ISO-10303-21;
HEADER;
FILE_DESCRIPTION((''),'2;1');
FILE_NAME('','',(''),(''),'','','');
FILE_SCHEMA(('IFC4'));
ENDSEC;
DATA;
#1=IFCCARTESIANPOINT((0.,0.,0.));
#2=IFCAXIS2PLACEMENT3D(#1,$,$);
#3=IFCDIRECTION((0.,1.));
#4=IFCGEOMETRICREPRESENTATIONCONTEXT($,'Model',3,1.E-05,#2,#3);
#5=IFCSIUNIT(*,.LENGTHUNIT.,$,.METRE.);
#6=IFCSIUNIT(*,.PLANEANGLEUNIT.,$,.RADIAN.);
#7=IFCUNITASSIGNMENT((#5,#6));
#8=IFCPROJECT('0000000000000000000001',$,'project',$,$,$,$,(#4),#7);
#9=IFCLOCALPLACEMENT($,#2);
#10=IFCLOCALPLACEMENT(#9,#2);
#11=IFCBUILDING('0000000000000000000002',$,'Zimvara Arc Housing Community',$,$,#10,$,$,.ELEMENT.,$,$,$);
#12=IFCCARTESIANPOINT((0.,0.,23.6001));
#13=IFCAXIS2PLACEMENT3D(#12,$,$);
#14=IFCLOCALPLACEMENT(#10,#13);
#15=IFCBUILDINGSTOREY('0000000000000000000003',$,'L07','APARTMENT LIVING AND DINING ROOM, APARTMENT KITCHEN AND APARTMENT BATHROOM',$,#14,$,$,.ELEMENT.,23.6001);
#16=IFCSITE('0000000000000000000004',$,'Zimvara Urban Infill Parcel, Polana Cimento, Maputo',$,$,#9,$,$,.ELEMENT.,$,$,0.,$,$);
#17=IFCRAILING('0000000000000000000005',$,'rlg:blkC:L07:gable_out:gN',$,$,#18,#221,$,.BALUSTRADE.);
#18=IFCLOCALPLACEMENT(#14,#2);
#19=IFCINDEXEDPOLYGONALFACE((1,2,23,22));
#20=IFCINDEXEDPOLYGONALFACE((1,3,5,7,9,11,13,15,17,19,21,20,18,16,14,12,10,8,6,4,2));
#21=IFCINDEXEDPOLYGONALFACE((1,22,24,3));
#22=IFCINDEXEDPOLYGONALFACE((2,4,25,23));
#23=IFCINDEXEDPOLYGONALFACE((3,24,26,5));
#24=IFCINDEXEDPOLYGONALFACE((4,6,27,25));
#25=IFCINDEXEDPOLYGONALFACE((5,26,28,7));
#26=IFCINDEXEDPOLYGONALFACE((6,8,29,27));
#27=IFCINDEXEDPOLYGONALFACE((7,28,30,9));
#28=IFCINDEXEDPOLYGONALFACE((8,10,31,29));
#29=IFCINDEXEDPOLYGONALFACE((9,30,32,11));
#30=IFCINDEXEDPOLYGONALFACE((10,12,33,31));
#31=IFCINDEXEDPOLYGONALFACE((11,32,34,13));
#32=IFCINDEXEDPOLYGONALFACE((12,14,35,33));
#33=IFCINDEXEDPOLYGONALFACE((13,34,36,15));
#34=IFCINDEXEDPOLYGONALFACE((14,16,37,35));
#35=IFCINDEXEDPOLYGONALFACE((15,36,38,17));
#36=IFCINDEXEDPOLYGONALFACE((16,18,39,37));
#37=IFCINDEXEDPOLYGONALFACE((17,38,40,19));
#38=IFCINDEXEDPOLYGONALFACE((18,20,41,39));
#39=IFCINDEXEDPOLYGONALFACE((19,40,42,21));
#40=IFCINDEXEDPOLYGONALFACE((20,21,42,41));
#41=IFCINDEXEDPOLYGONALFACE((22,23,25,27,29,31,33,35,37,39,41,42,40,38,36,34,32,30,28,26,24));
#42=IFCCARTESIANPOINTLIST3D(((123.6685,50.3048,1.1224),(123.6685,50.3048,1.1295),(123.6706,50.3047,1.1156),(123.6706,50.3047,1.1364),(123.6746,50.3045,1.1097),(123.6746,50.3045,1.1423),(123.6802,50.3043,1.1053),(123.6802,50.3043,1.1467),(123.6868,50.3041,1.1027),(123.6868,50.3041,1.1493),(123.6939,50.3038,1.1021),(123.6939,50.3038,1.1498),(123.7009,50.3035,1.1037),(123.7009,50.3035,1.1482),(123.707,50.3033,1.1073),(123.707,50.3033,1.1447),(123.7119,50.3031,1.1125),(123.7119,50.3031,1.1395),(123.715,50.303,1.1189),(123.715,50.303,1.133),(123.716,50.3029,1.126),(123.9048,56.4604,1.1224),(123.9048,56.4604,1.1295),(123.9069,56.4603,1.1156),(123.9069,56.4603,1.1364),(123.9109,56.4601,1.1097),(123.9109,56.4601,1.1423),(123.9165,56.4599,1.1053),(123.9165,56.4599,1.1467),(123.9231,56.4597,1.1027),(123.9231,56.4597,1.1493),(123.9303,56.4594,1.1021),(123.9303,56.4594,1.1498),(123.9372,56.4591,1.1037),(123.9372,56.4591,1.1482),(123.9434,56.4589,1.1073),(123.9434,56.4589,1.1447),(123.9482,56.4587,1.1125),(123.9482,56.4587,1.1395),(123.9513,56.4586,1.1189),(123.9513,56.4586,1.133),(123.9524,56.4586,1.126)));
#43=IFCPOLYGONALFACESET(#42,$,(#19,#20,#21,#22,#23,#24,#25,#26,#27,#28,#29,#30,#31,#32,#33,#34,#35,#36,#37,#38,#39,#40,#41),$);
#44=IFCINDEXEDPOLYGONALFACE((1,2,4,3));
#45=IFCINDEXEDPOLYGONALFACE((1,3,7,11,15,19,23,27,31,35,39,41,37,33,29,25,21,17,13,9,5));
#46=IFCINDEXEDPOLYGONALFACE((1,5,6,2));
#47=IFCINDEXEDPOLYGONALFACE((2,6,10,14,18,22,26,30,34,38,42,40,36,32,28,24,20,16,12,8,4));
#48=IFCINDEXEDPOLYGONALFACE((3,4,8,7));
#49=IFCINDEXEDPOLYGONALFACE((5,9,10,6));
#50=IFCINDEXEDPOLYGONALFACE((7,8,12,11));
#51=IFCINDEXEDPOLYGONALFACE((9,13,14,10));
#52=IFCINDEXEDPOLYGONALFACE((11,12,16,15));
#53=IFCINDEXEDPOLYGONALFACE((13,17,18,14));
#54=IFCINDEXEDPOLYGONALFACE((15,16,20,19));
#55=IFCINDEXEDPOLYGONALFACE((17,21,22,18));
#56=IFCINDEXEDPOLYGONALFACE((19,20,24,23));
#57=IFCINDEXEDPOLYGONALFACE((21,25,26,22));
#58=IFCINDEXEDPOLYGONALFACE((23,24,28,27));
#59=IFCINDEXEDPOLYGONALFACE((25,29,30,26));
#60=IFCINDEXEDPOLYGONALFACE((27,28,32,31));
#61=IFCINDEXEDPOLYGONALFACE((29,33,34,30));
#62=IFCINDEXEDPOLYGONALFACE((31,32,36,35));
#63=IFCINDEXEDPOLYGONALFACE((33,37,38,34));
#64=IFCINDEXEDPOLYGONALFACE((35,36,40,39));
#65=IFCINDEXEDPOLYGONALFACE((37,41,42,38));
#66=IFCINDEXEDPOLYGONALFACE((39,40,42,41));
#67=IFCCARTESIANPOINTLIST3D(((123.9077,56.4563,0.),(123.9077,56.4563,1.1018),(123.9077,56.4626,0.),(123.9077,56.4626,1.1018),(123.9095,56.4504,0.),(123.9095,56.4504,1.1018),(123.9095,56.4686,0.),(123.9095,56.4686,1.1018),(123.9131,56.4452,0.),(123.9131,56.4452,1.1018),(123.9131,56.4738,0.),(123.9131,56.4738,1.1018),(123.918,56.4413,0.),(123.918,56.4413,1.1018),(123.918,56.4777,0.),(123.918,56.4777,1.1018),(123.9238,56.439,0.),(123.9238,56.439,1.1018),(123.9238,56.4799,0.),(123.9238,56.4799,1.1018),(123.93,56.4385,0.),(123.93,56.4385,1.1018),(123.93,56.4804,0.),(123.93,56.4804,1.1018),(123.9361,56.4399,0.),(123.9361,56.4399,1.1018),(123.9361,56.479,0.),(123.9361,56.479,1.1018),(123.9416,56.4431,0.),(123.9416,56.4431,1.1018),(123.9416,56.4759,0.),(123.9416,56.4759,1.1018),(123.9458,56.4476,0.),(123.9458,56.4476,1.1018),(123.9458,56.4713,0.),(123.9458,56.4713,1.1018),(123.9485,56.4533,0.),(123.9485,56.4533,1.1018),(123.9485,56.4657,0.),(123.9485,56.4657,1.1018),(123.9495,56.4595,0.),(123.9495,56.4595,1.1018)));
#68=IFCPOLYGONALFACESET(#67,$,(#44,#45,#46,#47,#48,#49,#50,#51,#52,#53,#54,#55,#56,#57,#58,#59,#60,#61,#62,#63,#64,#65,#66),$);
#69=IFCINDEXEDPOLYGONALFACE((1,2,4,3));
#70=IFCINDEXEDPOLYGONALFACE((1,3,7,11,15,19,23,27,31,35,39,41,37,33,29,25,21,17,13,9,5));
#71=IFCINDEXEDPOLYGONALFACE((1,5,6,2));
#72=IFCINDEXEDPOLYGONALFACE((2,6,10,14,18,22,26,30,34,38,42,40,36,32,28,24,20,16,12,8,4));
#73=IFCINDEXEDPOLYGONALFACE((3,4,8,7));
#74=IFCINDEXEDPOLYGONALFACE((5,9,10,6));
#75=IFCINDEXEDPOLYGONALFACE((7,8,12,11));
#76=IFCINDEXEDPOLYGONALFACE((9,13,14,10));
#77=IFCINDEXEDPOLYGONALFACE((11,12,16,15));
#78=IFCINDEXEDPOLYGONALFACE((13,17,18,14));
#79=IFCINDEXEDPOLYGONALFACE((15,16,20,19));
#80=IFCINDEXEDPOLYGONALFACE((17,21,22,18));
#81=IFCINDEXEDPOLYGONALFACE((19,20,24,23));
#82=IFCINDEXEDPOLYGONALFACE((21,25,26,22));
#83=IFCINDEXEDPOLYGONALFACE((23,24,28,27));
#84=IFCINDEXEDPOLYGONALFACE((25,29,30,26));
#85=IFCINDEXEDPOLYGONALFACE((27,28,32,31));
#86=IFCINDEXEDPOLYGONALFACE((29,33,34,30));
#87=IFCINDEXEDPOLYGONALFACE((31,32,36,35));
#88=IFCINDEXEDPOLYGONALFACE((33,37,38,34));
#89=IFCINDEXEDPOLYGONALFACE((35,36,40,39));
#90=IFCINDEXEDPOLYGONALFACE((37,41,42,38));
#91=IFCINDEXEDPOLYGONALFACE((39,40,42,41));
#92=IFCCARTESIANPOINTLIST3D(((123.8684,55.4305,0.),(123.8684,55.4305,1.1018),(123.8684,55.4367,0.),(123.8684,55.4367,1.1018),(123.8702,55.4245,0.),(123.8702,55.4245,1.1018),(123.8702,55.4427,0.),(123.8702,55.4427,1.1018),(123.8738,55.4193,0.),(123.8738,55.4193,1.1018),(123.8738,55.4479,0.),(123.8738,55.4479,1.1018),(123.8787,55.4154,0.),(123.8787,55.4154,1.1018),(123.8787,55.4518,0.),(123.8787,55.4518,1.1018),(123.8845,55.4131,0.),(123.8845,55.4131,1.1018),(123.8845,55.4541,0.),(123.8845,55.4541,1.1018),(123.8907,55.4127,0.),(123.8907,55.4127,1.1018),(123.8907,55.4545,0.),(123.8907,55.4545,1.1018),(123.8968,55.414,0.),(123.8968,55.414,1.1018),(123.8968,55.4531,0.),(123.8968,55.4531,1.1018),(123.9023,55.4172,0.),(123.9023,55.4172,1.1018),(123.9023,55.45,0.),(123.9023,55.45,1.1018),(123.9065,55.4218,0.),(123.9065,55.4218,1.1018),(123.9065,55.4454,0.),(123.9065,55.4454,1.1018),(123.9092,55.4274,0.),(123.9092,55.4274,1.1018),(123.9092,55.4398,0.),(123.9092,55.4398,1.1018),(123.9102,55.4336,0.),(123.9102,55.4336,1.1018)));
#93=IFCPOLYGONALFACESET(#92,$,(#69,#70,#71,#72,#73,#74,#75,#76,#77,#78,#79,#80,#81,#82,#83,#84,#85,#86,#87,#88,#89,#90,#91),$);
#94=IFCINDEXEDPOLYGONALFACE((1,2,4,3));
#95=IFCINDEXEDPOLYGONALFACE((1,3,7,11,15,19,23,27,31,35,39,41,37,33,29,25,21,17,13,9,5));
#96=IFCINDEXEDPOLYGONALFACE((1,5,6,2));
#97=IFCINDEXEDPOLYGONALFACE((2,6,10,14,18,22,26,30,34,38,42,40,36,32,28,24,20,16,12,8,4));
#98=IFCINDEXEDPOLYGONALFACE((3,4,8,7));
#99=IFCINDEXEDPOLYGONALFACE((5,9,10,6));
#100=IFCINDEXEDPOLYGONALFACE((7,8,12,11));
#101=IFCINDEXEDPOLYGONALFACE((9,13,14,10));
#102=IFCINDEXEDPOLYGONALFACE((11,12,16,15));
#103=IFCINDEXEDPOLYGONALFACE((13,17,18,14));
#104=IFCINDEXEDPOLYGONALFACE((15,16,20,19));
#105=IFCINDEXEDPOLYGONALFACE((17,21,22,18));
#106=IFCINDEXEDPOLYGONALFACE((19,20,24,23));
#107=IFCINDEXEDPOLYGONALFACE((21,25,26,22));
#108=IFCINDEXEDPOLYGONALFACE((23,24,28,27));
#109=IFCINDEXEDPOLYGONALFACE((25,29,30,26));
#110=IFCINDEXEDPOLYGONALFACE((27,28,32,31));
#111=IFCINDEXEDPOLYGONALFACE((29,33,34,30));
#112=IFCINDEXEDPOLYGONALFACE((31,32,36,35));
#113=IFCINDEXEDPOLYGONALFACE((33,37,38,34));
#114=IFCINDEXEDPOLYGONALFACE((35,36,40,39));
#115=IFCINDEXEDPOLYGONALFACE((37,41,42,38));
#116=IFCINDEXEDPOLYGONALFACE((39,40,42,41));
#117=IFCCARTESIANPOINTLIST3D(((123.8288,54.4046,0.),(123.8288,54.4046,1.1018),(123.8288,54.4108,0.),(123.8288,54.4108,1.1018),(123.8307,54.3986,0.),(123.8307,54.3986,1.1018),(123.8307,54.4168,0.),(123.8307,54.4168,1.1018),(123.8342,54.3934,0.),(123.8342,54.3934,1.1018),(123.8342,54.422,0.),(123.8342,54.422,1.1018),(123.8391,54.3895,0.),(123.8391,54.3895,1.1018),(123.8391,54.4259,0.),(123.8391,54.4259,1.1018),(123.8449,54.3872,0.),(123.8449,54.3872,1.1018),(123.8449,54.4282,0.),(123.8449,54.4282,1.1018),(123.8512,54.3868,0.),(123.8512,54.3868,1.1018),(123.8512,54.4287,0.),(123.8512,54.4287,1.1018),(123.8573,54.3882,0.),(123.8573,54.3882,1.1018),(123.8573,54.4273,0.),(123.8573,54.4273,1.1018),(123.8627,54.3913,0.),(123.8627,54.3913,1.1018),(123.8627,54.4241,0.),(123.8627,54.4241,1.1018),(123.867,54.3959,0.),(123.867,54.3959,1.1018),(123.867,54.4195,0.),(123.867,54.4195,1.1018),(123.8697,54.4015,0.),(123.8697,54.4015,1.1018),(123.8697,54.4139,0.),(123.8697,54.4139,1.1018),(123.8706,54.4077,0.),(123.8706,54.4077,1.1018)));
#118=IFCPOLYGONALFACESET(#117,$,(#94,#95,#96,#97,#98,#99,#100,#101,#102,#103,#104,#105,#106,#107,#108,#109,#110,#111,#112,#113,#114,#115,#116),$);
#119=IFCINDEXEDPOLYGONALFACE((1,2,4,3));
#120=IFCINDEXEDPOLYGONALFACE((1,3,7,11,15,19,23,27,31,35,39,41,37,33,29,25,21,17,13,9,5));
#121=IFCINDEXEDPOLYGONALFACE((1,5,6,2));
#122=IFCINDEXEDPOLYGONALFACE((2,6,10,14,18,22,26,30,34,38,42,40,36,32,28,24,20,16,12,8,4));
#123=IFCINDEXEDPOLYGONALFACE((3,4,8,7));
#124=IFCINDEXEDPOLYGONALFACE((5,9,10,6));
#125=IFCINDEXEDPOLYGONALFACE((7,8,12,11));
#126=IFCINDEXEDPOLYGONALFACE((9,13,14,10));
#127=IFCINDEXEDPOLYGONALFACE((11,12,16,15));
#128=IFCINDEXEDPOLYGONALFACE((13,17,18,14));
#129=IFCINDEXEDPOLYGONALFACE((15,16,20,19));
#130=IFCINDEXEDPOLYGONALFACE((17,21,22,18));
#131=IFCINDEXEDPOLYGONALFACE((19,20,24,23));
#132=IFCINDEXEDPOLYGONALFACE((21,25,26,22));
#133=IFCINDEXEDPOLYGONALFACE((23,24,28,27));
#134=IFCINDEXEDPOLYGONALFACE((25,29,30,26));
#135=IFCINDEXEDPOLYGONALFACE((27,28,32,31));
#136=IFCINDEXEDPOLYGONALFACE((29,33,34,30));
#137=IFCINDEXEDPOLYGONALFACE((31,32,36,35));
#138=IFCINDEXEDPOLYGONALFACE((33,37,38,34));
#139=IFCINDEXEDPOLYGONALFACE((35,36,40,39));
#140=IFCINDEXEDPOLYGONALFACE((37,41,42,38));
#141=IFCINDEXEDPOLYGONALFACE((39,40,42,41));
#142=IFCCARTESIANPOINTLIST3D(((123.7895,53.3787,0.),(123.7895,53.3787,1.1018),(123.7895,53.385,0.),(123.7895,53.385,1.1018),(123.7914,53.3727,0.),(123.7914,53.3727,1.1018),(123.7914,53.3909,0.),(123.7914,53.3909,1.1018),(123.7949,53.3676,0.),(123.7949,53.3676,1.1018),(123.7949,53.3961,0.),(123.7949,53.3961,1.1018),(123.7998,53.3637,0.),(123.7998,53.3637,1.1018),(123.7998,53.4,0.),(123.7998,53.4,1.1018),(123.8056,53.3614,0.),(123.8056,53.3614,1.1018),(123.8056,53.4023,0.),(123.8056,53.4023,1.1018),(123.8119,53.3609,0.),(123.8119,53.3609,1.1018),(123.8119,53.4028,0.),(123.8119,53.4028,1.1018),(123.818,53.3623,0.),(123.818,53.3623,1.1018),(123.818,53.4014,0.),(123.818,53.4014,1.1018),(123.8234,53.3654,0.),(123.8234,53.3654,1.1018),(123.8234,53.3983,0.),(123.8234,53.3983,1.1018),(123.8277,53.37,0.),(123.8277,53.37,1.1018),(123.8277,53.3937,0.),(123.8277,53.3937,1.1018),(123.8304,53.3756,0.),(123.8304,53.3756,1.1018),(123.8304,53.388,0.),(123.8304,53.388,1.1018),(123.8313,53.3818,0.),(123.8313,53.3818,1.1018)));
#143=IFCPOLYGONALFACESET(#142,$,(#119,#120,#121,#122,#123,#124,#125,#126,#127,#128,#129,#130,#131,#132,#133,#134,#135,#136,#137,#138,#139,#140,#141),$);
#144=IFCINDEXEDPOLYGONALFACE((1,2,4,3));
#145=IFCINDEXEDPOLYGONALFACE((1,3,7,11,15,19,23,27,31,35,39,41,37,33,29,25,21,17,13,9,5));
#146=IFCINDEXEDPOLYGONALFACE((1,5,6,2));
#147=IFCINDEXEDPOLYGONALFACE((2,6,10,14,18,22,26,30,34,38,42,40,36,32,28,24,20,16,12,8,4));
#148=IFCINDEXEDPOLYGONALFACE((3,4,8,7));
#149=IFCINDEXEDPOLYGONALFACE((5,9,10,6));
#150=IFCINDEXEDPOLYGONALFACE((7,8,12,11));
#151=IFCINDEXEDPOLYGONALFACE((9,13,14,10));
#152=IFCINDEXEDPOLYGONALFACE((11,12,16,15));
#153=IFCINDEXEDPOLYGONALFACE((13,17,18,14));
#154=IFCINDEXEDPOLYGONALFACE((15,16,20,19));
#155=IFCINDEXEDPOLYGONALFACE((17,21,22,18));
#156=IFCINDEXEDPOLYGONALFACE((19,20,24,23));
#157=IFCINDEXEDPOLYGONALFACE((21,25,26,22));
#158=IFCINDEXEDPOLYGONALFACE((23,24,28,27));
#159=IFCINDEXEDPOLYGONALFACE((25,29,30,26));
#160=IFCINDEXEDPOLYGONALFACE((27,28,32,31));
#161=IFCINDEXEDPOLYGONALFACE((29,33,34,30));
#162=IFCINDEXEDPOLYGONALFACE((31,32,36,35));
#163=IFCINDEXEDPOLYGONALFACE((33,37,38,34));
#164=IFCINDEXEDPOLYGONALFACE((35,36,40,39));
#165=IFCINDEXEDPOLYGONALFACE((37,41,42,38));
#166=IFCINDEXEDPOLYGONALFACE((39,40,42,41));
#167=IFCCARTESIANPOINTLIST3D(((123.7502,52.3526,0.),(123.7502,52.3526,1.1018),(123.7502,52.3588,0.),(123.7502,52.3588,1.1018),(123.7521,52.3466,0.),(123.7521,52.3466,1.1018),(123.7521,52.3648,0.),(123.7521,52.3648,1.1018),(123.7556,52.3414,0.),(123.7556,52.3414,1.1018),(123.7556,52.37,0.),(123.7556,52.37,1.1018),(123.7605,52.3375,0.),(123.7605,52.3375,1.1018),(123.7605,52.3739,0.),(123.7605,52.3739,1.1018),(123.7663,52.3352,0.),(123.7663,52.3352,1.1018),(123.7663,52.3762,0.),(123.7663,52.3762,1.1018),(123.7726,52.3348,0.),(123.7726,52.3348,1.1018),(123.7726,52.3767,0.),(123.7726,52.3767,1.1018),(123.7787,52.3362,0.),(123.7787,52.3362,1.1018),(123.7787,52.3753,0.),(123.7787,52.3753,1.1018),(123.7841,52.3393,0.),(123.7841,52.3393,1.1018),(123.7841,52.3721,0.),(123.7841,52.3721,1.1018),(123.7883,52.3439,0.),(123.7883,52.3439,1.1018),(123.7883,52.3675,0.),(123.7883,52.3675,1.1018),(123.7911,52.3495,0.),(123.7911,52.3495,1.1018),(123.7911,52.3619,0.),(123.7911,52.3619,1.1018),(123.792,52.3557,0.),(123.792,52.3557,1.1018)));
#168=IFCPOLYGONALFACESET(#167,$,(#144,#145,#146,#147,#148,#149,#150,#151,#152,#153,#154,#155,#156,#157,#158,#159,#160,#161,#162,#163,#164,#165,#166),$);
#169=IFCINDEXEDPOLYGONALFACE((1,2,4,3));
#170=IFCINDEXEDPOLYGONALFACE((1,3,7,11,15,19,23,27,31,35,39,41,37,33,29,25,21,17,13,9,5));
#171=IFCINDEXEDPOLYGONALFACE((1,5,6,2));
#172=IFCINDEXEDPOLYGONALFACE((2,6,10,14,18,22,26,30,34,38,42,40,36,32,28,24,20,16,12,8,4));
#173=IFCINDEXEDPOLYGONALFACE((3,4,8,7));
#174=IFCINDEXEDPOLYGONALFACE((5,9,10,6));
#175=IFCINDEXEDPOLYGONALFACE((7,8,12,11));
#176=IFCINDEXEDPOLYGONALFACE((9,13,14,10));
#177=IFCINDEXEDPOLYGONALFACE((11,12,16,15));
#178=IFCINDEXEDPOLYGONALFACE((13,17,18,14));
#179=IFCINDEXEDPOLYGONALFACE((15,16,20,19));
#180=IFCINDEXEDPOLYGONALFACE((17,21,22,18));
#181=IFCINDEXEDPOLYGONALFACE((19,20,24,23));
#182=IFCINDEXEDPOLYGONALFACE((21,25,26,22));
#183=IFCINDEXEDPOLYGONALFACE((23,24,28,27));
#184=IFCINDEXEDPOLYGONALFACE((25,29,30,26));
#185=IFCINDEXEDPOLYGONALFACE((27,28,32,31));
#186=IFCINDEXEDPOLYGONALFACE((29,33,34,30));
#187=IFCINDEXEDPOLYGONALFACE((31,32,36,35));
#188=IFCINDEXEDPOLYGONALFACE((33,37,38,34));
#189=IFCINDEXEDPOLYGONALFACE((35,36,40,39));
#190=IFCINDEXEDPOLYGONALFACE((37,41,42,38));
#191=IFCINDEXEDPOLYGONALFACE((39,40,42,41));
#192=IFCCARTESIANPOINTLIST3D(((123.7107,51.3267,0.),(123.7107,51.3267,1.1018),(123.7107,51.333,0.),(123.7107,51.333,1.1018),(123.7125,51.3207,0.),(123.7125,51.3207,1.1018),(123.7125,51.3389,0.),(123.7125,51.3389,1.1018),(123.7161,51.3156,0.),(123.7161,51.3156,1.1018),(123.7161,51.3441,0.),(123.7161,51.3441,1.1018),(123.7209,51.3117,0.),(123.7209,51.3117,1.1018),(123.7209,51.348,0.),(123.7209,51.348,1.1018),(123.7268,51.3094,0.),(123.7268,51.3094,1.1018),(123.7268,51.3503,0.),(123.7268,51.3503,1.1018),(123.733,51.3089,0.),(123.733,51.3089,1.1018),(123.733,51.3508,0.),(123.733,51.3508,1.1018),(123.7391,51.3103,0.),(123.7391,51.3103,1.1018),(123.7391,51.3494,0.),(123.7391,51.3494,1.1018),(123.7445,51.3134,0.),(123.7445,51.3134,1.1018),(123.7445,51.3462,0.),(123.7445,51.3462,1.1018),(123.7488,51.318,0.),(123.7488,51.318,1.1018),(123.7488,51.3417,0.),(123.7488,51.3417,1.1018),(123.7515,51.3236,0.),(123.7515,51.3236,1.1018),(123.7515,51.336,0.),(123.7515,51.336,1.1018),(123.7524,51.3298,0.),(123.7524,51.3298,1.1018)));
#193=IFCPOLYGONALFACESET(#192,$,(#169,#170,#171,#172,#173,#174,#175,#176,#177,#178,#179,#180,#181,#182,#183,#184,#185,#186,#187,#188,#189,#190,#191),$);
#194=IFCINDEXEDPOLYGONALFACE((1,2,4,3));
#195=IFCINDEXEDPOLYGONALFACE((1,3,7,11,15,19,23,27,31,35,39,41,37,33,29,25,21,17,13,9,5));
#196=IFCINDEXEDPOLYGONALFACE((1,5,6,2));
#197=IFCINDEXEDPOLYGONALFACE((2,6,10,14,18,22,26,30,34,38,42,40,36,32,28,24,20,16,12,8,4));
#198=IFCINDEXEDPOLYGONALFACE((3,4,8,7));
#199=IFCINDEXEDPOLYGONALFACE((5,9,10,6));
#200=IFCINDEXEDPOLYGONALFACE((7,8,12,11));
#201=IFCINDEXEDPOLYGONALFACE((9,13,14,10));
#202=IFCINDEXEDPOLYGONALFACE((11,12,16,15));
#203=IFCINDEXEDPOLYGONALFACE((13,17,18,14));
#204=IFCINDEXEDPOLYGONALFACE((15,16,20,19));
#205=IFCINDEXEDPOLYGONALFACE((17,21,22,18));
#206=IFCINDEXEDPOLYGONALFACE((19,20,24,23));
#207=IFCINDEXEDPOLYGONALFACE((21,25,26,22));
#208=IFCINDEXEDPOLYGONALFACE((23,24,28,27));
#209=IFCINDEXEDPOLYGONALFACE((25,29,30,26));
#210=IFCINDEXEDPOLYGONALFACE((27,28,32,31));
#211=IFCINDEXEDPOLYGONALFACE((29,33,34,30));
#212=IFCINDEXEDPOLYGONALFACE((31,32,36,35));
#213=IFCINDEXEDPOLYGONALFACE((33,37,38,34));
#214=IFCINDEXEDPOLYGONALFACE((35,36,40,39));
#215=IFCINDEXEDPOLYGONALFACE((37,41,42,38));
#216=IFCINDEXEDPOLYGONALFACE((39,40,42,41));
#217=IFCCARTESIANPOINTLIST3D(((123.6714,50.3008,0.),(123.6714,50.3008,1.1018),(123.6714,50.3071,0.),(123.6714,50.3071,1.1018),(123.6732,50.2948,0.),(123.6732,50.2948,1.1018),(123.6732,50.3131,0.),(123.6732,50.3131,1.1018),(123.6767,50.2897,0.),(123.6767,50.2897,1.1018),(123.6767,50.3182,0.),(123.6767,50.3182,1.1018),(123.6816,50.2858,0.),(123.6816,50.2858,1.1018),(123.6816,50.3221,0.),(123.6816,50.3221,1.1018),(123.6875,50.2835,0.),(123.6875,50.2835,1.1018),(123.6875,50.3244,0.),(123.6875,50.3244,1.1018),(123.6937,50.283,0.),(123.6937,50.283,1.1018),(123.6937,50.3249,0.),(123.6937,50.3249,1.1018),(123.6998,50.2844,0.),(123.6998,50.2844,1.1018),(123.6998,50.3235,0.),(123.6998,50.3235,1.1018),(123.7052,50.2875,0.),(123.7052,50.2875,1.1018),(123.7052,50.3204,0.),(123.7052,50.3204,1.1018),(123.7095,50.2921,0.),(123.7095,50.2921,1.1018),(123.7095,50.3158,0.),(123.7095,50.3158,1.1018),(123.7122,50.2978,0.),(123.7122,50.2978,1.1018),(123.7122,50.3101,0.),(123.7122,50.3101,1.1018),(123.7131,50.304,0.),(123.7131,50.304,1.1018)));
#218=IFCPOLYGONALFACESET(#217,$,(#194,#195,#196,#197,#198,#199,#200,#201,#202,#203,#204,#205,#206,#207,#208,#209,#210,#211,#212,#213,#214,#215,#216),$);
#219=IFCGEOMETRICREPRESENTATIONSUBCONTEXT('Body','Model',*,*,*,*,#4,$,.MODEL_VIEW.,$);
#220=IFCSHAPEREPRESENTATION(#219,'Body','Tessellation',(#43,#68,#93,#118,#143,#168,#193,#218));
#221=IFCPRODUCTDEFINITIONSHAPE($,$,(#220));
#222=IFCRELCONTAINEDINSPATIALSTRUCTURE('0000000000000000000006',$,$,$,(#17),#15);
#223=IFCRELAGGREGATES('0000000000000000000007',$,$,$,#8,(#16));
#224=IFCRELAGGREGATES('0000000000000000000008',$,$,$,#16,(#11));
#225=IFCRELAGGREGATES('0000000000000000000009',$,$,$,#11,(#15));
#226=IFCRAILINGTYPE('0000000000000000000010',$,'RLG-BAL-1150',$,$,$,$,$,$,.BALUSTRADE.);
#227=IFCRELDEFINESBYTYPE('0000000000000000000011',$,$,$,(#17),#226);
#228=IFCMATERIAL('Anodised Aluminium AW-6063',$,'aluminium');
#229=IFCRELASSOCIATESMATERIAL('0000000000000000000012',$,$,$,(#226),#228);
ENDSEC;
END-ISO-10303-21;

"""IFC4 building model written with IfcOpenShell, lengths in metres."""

from ifc_helpers import new_model, si_unit, direction, frame, origin, origin_2d, place, context, subcontext, project, spatial, circle, extrude, material, type_object, element, save


model = new_model("IFC4")

# Units and contexts
model_context = context("Model", 3, precision=1e-05, world=origin(), true_north=direction((0.0, 1.0)))
body_context = subcontext(model_context, "Body", "Model", "MODEL_VIEW")
ifc_project = project(units=[si_unit("LENGTHUNIT", "METRE"), si_unit("PLANEANGLEUNIT", "RADIAN")], contexts=[model_context])

# Site, building, storey
site_placement = place(None, origin())
site = spatial("IfcSite", under=ifc_project, at=site_placement, Name="Zimvara Urban Infill Parcel, Polana Cimento, Maputo", CompositionType="ELEMENT", RefElevation=0.0)
building_placement = place(site_placement, origin())
building = spatial("IfcBuilding", under=site, at=building_placement, Name="Zimvara Arc Housing Community", CompositionType="ELEMENT")
storey_placement = place(building_placement, frame((0.0, 0.0, 23.6001)))
storey = spatial("IfcBuildingStorey", under=building, at=storey_placement, Name="L07", Description="APARTMENT LIVING AND DINING ROOM, APARTMENT KITCHEN AND APARTMENT BATHROOM", CompositionType="ELEMENT", Elevation=23.6001)

# Railing
ifc_material_1 = material(Name="Anodised Aluminium AW-6063", Category="aluminium")
railing_type = type_object("IfcRailingType", Name="RLG-BAL-1150", PredefinedType="BALUSTRADE", material=ifc_material_1)
railing_placement = place(storey_placement, frame((123.9285, 56.4595, 0.0)))
element("IfcRailing", 1, at=railing_placement, inside=storey, type_object=railing_type, Name="rlg:blkC:L07:gable_out:gN", PredefinedType="BALUSTRADE", context=body_context, shape_type="SweptSolid", body=[
    extrude(circle(Radius=0.0239, at=origin_2d()), frame((0.0, 0.0, 1.126), z_axis=(-0.038365, -0.999264, 0.0), x_axis=(0.999264, -0.038365, 0.0)), (0.0, 0.0, 1.0), 6.1602),
    extrude(circle(Radius=0.021, at=origin_2d()), origin(), (0.0, 0.0, 1.0), 1.1018),
    extrude(circle(Radius=0.021, at=origin_2d()), frame((-0.0393, -1.0259, 0.0)), (0.0, 0.0, 1.0), 1.1018),
    extrude(circle(Radius=0.021, at=origin_2d()), frame((-0.0789, -2.0518, 0.0)), (0.0, 0.0, 1.0), 1.1018),
    extrude(circle(Radius=0.021, at=origin_2d()), frame((-0.1182, -3.0776, 0.0)), (0.0, 0.0, 1.0), 1.1018),
    extrude(circle(Radius=0.021, at=origin_2d()), frame((-0.1575, -4.1038, 0.0)), (0.0, 0.0, 1.0), 1.1018),
    extrude(circle(Radius=0.021, at=origin_2d()), frame((-0.197, -5.1296, 0.0)), (0.0, 0.0, 1.0), 1.1018),
    extrude(circle(Radius=0.021, at=origin_2d()), frame((-0.2363, -6.1555, 0.0)), (0.0, 0.0, 1.0), 1.1018),
])

save(model, "model.ifc")
